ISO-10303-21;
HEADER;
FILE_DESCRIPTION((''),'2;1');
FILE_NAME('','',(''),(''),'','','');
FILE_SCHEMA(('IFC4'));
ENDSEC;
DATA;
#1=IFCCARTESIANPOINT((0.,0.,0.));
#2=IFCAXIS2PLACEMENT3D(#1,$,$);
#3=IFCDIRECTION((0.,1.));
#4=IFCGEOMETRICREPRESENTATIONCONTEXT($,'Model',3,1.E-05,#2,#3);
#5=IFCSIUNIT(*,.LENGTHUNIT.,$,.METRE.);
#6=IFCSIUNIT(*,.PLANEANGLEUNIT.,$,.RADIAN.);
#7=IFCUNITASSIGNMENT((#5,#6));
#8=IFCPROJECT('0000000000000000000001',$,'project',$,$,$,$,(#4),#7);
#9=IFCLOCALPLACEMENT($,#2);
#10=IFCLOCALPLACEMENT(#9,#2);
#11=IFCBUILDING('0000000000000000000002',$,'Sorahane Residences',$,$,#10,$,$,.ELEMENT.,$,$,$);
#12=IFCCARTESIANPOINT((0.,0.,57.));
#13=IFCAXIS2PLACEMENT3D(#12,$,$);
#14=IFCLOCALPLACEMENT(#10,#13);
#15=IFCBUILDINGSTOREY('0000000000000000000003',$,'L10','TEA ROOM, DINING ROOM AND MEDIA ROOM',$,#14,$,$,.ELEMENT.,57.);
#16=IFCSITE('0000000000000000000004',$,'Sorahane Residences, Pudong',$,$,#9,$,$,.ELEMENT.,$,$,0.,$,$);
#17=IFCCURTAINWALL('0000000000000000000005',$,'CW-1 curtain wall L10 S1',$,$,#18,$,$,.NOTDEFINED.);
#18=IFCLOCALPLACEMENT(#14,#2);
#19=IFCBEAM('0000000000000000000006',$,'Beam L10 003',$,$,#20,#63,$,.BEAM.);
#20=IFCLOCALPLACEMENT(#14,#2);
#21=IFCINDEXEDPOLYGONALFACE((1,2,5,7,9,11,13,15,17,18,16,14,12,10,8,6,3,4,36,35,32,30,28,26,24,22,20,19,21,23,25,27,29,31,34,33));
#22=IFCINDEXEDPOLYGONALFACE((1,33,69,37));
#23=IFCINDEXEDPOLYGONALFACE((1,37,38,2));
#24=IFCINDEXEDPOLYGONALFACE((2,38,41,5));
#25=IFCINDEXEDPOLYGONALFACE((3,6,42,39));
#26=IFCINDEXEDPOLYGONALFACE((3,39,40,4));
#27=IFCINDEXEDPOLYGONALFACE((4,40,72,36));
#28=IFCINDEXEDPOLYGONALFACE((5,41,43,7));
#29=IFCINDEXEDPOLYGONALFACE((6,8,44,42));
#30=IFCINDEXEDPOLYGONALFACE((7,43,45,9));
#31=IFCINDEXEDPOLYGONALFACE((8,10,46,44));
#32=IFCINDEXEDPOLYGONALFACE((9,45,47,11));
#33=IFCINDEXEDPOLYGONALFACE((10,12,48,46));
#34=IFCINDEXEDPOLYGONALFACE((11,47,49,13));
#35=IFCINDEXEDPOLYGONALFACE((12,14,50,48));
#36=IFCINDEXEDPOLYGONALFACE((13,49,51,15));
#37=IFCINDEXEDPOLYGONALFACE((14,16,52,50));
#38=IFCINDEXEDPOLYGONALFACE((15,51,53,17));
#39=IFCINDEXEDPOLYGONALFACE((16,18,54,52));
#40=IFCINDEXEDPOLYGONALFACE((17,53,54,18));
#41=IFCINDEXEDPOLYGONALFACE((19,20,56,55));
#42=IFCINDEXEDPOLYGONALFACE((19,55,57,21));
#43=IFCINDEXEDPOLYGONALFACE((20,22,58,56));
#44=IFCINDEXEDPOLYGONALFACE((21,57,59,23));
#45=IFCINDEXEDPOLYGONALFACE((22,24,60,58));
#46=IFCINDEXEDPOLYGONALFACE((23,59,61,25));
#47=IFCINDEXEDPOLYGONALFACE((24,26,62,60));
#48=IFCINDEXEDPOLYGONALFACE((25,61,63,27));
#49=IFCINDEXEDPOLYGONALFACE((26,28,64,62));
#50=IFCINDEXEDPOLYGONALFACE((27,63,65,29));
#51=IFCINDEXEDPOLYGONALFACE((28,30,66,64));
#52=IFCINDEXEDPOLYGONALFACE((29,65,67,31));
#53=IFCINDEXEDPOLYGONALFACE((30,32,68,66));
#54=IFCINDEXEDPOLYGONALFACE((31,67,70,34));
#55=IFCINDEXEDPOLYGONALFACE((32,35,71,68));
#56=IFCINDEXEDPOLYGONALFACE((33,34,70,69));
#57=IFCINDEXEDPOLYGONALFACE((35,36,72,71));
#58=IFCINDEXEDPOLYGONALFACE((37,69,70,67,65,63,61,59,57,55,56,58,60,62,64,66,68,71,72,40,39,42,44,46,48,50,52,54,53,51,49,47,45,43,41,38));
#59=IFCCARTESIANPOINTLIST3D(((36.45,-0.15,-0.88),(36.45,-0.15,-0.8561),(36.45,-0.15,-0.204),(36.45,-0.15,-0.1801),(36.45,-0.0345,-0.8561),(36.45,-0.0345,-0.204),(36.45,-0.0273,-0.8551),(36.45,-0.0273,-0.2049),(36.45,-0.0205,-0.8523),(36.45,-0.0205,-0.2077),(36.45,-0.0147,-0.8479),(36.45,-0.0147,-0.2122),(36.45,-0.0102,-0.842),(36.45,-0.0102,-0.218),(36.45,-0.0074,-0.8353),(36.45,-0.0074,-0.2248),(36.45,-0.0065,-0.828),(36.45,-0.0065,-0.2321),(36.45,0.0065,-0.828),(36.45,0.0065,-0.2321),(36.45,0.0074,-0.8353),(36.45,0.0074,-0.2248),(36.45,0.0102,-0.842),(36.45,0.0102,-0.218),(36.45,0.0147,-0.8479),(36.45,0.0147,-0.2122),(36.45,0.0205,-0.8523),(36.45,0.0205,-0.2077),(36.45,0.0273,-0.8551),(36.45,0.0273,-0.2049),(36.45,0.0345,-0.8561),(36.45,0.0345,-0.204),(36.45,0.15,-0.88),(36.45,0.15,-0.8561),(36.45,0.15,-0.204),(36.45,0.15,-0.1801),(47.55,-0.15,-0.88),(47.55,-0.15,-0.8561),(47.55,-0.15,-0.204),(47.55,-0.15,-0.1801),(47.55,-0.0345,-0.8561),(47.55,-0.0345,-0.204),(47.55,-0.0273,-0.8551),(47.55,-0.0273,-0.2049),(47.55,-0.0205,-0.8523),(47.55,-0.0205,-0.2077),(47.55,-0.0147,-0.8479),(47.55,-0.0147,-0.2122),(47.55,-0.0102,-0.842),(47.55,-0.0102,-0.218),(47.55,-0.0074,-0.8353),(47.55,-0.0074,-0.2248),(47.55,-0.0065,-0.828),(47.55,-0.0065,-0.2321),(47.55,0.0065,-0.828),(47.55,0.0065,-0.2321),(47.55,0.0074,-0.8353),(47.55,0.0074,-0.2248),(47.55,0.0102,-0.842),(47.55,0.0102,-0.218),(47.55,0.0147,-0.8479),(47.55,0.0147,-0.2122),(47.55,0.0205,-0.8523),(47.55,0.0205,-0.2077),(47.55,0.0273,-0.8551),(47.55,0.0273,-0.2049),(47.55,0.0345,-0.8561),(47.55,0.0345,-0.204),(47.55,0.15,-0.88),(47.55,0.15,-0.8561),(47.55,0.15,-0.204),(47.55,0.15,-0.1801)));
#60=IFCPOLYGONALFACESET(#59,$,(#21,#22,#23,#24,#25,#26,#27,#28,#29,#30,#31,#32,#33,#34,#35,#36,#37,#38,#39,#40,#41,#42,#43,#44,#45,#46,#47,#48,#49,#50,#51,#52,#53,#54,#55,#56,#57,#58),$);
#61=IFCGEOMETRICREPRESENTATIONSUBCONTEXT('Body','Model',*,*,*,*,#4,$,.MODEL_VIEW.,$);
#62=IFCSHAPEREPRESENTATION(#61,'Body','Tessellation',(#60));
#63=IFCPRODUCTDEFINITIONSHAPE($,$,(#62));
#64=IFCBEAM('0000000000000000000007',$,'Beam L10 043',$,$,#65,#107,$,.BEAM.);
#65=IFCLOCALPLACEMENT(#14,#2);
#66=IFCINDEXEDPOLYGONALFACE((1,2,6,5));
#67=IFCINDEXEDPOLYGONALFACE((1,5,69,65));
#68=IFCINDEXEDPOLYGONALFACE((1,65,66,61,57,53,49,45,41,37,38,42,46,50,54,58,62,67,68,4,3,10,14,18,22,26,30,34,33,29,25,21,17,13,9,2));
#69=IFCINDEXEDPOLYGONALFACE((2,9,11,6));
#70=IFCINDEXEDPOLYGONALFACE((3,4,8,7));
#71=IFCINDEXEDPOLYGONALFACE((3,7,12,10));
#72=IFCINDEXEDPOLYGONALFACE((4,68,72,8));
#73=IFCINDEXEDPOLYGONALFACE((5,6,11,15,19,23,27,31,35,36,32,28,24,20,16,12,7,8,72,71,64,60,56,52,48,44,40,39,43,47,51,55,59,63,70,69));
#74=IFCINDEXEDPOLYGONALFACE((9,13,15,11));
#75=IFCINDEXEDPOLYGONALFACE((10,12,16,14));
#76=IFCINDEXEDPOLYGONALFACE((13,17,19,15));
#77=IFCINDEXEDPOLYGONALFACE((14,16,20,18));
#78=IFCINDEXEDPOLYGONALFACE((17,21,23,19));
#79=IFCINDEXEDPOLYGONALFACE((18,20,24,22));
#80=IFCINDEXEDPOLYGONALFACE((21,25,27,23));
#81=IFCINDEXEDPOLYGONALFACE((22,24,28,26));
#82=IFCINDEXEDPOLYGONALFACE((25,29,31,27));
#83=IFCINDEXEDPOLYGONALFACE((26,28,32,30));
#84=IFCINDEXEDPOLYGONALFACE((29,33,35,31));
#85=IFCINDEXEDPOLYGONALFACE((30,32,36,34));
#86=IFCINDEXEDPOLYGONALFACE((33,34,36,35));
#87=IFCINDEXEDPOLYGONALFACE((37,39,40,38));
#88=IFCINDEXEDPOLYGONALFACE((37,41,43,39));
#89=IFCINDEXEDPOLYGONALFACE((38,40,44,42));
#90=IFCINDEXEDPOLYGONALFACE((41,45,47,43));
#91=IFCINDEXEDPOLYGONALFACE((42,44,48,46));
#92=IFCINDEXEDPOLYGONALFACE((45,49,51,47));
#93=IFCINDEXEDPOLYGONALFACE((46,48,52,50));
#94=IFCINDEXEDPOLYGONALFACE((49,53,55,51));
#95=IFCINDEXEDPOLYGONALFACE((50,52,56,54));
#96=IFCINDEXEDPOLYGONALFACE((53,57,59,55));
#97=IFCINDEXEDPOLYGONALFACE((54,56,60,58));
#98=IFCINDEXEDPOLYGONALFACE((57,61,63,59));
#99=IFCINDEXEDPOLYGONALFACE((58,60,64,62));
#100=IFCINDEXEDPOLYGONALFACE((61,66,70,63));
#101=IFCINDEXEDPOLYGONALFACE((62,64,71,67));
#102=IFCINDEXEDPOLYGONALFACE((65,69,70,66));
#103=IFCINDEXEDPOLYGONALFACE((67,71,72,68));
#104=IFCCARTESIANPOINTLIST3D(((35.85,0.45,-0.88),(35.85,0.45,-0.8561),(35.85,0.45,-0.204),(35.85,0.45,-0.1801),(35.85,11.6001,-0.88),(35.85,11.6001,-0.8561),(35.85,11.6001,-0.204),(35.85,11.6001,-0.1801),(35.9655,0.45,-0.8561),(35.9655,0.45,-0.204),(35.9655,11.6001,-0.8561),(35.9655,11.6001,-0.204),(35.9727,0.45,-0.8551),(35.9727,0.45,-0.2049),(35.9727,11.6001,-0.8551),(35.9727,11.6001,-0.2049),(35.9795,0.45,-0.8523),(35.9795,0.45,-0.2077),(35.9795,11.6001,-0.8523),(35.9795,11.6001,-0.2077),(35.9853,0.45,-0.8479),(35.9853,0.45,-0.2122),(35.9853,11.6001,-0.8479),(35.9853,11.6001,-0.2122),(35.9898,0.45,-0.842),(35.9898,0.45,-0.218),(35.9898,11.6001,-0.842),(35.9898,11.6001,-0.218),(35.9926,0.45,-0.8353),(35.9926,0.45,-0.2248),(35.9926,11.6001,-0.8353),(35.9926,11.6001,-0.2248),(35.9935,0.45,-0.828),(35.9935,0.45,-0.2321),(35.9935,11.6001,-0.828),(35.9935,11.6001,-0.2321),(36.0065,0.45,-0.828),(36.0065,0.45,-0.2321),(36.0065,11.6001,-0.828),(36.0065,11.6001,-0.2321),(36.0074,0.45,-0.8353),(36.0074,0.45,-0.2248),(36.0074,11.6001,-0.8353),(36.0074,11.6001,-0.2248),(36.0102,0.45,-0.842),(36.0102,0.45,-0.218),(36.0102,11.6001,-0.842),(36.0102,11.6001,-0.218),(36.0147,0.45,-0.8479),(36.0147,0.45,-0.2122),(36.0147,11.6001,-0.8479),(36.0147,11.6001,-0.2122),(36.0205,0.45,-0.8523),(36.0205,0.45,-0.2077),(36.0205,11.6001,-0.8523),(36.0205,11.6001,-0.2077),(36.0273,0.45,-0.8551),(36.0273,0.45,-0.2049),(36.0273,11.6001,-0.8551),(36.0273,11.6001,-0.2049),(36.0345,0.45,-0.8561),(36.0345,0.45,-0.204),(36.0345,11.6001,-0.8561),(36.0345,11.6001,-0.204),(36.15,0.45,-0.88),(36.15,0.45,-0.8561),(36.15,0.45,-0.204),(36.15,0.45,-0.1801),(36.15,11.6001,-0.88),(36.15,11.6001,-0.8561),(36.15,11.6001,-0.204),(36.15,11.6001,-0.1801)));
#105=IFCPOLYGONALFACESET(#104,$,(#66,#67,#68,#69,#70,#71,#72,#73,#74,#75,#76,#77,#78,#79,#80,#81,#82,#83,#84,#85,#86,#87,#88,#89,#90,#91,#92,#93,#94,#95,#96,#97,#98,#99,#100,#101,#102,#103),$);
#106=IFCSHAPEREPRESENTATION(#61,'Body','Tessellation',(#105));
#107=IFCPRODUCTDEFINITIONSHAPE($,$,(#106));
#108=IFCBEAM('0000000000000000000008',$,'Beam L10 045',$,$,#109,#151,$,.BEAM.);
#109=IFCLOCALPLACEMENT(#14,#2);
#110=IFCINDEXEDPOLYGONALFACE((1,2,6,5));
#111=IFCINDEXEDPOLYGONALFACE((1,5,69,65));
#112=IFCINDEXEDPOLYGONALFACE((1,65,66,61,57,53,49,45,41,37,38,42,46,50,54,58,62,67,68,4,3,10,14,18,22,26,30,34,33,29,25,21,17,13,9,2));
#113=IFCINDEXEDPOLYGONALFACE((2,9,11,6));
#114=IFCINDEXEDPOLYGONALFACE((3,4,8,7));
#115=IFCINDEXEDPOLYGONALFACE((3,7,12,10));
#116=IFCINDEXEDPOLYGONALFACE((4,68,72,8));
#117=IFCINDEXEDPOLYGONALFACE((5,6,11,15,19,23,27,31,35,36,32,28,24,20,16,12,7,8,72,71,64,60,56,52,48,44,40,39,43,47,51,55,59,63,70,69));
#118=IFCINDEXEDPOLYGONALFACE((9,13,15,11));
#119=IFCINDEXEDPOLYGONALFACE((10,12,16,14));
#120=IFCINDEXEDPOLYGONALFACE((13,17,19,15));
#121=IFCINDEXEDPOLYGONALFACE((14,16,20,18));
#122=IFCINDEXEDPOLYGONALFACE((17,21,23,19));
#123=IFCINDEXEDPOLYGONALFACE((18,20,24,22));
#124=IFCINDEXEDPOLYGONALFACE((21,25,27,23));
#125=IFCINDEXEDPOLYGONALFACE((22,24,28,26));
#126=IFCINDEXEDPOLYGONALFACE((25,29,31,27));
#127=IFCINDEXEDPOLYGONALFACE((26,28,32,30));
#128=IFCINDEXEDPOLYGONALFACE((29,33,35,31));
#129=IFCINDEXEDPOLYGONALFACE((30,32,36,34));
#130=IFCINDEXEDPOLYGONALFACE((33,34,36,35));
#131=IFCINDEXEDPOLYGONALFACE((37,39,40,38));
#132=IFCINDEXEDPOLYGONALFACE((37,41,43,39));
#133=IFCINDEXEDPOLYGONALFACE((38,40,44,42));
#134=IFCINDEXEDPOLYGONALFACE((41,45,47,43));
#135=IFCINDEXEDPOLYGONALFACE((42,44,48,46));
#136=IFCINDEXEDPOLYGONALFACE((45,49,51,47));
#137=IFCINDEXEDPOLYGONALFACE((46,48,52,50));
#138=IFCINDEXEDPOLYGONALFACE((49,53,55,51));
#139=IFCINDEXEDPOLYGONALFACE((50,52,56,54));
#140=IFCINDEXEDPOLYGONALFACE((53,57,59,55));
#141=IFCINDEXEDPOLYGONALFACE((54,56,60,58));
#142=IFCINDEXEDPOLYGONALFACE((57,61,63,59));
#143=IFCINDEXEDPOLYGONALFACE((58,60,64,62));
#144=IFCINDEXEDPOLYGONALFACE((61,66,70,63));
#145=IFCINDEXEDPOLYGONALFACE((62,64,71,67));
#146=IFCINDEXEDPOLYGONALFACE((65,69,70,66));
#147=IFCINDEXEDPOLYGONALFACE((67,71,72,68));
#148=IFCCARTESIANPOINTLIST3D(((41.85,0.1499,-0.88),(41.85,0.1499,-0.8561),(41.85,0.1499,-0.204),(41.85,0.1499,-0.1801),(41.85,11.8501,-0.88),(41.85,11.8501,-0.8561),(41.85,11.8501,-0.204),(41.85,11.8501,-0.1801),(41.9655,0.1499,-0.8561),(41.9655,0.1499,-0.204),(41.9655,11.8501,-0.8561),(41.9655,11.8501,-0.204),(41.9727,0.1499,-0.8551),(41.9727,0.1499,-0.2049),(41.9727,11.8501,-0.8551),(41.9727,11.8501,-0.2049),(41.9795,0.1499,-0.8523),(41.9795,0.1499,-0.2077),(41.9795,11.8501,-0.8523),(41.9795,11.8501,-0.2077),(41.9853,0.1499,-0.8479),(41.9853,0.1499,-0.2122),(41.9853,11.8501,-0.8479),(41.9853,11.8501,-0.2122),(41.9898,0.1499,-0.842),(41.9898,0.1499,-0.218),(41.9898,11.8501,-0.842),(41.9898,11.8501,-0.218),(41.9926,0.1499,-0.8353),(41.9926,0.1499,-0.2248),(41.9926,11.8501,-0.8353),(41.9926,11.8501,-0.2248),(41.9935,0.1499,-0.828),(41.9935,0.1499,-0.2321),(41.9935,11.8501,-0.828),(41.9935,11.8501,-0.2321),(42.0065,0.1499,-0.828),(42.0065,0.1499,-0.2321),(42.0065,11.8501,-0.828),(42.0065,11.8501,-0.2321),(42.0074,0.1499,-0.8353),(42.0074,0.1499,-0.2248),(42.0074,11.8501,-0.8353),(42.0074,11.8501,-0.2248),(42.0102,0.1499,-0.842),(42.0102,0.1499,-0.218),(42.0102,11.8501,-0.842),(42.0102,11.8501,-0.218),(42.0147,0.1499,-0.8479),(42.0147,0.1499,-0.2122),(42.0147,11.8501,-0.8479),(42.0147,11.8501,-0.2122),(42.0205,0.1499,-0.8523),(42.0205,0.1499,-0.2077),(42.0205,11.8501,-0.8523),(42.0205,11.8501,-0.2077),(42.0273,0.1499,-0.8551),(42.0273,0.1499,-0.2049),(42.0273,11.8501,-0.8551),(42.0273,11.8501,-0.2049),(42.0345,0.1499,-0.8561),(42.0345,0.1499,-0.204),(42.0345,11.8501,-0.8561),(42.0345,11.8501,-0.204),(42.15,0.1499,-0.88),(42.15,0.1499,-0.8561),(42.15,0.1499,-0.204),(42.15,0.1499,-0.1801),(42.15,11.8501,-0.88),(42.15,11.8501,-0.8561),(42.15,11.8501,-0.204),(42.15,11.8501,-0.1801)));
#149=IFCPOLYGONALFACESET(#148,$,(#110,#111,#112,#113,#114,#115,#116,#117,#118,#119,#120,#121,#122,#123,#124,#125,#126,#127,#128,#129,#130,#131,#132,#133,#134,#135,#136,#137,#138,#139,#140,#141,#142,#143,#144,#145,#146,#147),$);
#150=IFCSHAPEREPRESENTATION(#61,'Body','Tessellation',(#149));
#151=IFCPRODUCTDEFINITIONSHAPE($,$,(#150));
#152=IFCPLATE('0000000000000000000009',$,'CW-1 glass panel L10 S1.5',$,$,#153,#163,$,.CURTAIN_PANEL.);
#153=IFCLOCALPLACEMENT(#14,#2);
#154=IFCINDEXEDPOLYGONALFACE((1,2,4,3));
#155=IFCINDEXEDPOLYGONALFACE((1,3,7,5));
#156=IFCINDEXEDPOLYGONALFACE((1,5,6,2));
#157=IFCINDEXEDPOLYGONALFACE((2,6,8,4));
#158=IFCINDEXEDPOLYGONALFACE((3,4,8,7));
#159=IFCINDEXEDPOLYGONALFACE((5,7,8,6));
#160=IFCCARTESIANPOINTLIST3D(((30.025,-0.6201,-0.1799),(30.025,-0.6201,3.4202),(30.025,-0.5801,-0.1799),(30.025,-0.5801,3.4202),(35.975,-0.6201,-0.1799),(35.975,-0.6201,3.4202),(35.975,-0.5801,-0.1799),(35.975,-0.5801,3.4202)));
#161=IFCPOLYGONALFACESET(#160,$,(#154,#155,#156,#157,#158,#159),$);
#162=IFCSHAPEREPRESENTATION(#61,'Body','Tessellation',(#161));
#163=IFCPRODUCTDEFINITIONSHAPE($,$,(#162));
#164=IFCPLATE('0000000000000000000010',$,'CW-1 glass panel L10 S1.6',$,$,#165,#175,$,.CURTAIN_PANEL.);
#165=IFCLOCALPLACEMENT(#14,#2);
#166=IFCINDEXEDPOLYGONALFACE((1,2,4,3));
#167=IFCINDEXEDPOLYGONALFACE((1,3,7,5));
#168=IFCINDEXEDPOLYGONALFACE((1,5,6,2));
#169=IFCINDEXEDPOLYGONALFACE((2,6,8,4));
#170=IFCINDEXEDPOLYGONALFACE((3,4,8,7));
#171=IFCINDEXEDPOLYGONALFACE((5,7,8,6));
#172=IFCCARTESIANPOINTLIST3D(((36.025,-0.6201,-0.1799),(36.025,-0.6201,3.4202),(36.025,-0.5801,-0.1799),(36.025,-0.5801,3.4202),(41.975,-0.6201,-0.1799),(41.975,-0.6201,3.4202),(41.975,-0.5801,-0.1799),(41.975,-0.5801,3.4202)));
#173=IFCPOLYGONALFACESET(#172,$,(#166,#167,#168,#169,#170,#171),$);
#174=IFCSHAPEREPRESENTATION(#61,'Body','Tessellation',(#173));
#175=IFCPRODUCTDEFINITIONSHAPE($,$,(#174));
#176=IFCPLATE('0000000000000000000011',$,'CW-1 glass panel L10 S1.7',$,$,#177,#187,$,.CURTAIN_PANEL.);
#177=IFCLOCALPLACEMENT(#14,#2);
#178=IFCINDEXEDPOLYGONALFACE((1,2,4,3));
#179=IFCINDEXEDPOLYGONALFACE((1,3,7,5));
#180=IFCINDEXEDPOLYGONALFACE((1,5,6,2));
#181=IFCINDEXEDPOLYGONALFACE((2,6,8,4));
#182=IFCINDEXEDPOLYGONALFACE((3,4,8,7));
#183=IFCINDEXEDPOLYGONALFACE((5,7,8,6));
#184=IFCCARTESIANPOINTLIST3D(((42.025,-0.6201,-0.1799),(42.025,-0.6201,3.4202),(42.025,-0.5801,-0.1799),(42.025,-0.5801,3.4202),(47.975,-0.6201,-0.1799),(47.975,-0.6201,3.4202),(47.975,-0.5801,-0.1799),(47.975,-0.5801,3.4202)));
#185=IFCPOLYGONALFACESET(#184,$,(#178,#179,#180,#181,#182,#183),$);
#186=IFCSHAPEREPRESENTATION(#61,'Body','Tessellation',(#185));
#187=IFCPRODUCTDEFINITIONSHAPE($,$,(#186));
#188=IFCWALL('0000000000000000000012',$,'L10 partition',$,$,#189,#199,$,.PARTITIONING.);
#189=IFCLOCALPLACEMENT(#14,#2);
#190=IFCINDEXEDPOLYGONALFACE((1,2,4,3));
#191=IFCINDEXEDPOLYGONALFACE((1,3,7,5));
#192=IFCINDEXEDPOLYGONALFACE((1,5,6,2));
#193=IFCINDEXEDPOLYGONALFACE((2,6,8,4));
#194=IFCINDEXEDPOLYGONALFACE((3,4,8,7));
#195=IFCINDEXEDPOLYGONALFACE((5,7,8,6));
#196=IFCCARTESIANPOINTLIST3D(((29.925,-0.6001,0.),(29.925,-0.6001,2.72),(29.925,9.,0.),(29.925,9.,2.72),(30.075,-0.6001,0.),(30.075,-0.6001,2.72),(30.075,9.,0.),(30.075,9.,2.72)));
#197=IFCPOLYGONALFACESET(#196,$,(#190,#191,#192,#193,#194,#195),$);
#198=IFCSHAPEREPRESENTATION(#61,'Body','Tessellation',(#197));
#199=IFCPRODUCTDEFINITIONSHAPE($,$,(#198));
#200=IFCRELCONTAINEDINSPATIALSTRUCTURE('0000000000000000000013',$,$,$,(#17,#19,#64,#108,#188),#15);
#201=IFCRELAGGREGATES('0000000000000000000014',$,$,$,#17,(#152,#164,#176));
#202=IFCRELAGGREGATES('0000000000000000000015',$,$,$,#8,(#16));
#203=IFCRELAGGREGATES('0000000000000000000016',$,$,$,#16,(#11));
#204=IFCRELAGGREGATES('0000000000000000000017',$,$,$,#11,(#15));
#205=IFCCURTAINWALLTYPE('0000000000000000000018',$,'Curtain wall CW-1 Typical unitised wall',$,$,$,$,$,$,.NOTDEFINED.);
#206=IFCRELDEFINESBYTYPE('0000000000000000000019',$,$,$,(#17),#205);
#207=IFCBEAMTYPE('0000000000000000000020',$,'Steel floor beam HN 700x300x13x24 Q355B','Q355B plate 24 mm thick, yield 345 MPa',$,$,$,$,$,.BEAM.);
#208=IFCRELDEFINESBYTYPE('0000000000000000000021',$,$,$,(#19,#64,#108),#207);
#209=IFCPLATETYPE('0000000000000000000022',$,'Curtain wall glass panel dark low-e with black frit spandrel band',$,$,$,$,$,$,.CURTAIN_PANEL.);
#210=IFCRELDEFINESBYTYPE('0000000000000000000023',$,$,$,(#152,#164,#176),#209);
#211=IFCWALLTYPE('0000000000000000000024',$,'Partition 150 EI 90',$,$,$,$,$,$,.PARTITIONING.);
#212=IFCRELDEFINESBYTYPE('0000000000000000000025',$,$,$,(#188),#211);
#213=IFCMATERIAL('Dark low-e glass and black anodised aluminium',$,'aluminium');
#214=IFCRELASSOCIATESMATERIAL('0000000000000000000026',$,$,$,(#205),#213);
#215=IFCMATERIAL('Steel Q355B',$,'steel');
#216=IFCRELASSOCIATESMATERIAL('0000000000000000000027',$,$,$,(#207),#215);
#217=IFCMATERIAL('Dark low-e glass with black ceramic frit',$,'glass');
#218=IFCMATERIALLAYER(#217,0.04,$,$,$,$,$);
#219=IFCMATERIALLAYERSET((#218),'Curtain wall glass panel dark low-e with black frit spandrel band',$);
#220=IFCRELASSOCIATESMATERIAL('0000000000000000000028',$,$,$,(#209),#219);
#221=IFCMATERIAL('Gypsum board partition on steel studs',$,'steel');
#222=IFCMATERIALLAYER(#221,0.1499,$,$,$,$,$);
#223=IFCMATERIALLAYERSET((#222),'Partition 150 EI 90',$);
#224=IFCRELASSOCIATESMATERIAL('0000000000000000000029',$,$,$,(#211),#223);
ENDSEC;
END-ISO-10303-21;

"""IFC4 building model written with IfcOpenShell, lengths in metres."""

from ifc_helpers import new_model, si_unit, direction, frame, frame_2d, origin, origin_2d, place, context, subcontext, project, spatial, rectangle, i_section, extrude, material, layer, layer_set, material_profile, profile_set, type_object, element, aggregate, save


model = new_model("IFC4")

# Units and contexts
model_context = context("Model", 3, precision=1e-05, world=origin(), true_north=direction((0.0, 1.0)))
body_context = subcontext(model_context, "Body", "Model", "MODEL_VIEW")
ifc_project = project(units=[si_unit("LENGTHUNIT", "METRE"), si_unit("PLANEANGLEUNIT", "RADIAN")], contexts=[model_context])

# Site, building, storey
site_placement = place(None, origin())
site = spatial("IfcSite", under=ifc_project, at=site_placement, Name="Sorahane Residences, Pudong", CompositionType="ELEMENT", RefElevation=0.0)
building_placement = place(site_placement, origin())
building = spatial("IfcBuilding", under=site, at=building_placement, Name="Sorahane Residences", CompositionType="ELEMENT")
storey_placement = place(building_placement, frame((0.0, 0.0, 57.0)))
storey = spatial("IfcBuildingStorey", under=building, at=storey_placement, Name="L10", Description="TEA ROOM, DINING ROOM AND MEDIA ROOM", CompositionType="ELEMENT", Elevation=57.0)

# Curtain wall
ifc_material_1 = material(Name="Dark low-e glass and black anodised aluminium", Category="aluminium")
curtain_wall_type = type_object("IfcCurtainWallType", Name="Curtain wall CW-1 Typical unitised wall", PredefinedType="NOTDEFINED", material=ifc_material_1)
curtain_wall_placement = place(storey_placement, origin())
curtain_wall = element("IfcCurtainWall", 1, at=curtain_wall_placement, inside=storey, type_object=curtain_wall_type, Name="CW-1 curtain wall L10 S1", PredefinedType="NOTDEFINED")

# Beams
ifc_material_2 = material(Name="Steel Q355B", Category="steel")
ifc_material_profile_1 = material_profile(ifc_material_2, i_section(OverallWidth=0.3, OverallDepth=0.7, WebThickness=0.0129, FlangeThickness=0.0239, FilletRadius=0.0281, at=origin_2d()), Name="HN 700x300x13x24")
ifc_profile_set_1 = profile_set([ifc_material_profile_1], Name="Steel Q355B")
beam_type_1 = type_object("IfcBeamType", Name="Steel floor beam HN 700x300x13x24 Q355B", Description="Q355B plate 24 mm thick, yield 345 MPa", PredefinedType="BEAM", material=ifc_profile_set_1)
beam_1_placement = place(storey_placement, frame((36.45, 0.0, -0.53), z_axis=(1.0, 0.0, 0.0), x_axis=(0.0, 1.0, 0.0)))
element("IfcBeam", 2, at=beam_1_placement, inside=storey, type_object=beam_type_1, Name="Beam L10 003", PredefinedType="BEAM", context=body_context, shape_type="SweptSolid", body=[
    extrude(i_section(OverallWidth=0.3, OverallDepth=0.7, WebThickness=0.0129, FlangeThickness=0.0239, FilletRadius=0.0281, at=origin_2d()), origin(), (0.0, 0.0, 1.0), 11.1001),
])
beam_2_placement = place(storey_placement, frame((36.0, 0.45, -0.53), z_axis=(0.0, 1.0, 0.0), x_axis=(-1.0, 0.0, 0.0)))
element("IfcBeam", 3, at=beam_2_placement, inside=storey, type_object=beam_type_1, Name="Beam L10 043", PredefinedType="BEAM", context=body_context, shape_type="SweptSolid", body=[
    extrude(i_section(OverallWidth=0.3, OverallDepth=0.7, WebThickness=0.0129, FlangeThickness=0.0239, FilletRadius=0.0281, at=origin_2d()), origin(), (0.0, 0.0, 1.0), 11.1501),
])
beam_3_placement = place(storey_placement, frame((42.0, 0.1499, -0.53), z_axis=(0.0, 1.0, 0.0), x_axis=(-1.0, 0.0, 0.0)))
element("IfcBeam", 4, at=beam_3_placement, inside=storey, type_object=beam_type_1, Name="Beam L10 045", PredefinedType="BEAM", context=body_context, shape_type="SweptSolid", body=[
    extrude(i_section(OverallWidth=0.3, OverallDepth=0.7, WebThickness=0.0129, FlangeThickness=0.0239, FilletRadius=0.0281, at=origin_2d()), origin(), (0.0, 0.0, 1.0), 11.7002),
])

# Plates
ifc_material_3 = material(Name="Dark low-e glass with black ceramic frit", Category="glass")
ifc_layer_1 = layer(ifc_material_3, 0.04)
ifc_layer_set_1 = layer_set([ifc_layer_1], Name="Curtain wall glass panel dark low-e with black frit spandrel band")
plate_type = type_object("IfcPlateType", Name="Curtain wall glass panel dark low-e with black frit spandrel band", PredefinedType="CURTAIN_PANEL", material=ifc_layer_set_1)
plate_1_placement = place(storey_placement, frame((33.0, -0.6001, -0.1799), z_axis=(0.0, 0.0, 1.0), x_axis=(1.0, 0.0, 0.0)))
plate_1 = element("IfcPlate", 5, at=plate_1_placement, type_object=plate_type, Name="CW-1 glass panel L10 S1.5", PredefinedType="CURTAIN_PANEL", context=body_context, shape_type="SweptSolid", body=[
    extrude(rectangle(XDim=5.95, YDim=0.04, at=origin_2d()), origin(), (0.0, 0.0, 1.0), 3.6001),
])
plate_2_placement = place(storey_placement, frame((39.0, -0.6001, -0.1799), z_axis=(0.0, 0.0, 1.0), x_axis=(1.0, 0.0, 0.0)))
plate_2 = element("IfcPlate", 6, at=plate_2_placement, type_object=plate_type, Name="CW-1 glass panel L10 S1.6", PredefinedType="CURTAIN_PANEL", context=body_context, shape_type="SweptSolid", body=[
    extrude(rectangle(XDim=5.95, YDim=0.04, at=origin_2d()), origin(), (0.0, 0.0, 1.0), 3.6001),
])
plate_3_placement = place(storey_placement, frame((45.0, -0.6001, -0.1799), z_axis=(0.0, 0.0, 1.0), x_axis=(1.0, 0.0, 0.0)))
plate_3 = element("IfcPlate", 7, at=plate_3_placement, type_object=plate_type, Name="CW-1 glass panel L10 S1.7", PredefinedType="CURTAIN_PANEL", context=body_context, shape_type="SweptSolid", body=[
    extrude(rectangle(XDim=5.95, YDim=0.04, at=origin_2d()), origin(), (0.0, 0.0, 1.0), 3.6001),
])
aggregate(curtain_wall, [plate_1, plate_2, plate_3])

# Wall
ifc_material_4 = material(Name="Gypsum board partition on steel studs", Category="steel")
ifc_layer_2 = layer(ifc_material_4, 0.1499)
ifc_layer_set_2 = layer_set([ifc_layer_2], Name="Partition 150 EI 90")
wall_type_1 = type_object("IfcWallType", Name="Partition 150 EI 90", PredefinedType="PARTITIONING", material=ifc_layer_set_2)
wall_1_placement = place(storey_placement, frame((30.0, -0.6001, 0.0), z_axis=(0.0, 0.0, 1.0), x_axis=(0.0, 1.0, 0.0)))
element("IfcWall", 8, at=wall_1_placement, inside=storey, type_object=wall_type_1, Name="L10 partition", PredefinedType="PARTITIONING", context=body_context, shape_type="SweptSolid", body=[
    extrude(rectangle(XDim=9.6001, YDim=0.1499, at=frame_2d((4.8, 0.0))), origin(), (0.0, 0.0, 1.0), 2.72),
])

save(model, "model.ifc")
